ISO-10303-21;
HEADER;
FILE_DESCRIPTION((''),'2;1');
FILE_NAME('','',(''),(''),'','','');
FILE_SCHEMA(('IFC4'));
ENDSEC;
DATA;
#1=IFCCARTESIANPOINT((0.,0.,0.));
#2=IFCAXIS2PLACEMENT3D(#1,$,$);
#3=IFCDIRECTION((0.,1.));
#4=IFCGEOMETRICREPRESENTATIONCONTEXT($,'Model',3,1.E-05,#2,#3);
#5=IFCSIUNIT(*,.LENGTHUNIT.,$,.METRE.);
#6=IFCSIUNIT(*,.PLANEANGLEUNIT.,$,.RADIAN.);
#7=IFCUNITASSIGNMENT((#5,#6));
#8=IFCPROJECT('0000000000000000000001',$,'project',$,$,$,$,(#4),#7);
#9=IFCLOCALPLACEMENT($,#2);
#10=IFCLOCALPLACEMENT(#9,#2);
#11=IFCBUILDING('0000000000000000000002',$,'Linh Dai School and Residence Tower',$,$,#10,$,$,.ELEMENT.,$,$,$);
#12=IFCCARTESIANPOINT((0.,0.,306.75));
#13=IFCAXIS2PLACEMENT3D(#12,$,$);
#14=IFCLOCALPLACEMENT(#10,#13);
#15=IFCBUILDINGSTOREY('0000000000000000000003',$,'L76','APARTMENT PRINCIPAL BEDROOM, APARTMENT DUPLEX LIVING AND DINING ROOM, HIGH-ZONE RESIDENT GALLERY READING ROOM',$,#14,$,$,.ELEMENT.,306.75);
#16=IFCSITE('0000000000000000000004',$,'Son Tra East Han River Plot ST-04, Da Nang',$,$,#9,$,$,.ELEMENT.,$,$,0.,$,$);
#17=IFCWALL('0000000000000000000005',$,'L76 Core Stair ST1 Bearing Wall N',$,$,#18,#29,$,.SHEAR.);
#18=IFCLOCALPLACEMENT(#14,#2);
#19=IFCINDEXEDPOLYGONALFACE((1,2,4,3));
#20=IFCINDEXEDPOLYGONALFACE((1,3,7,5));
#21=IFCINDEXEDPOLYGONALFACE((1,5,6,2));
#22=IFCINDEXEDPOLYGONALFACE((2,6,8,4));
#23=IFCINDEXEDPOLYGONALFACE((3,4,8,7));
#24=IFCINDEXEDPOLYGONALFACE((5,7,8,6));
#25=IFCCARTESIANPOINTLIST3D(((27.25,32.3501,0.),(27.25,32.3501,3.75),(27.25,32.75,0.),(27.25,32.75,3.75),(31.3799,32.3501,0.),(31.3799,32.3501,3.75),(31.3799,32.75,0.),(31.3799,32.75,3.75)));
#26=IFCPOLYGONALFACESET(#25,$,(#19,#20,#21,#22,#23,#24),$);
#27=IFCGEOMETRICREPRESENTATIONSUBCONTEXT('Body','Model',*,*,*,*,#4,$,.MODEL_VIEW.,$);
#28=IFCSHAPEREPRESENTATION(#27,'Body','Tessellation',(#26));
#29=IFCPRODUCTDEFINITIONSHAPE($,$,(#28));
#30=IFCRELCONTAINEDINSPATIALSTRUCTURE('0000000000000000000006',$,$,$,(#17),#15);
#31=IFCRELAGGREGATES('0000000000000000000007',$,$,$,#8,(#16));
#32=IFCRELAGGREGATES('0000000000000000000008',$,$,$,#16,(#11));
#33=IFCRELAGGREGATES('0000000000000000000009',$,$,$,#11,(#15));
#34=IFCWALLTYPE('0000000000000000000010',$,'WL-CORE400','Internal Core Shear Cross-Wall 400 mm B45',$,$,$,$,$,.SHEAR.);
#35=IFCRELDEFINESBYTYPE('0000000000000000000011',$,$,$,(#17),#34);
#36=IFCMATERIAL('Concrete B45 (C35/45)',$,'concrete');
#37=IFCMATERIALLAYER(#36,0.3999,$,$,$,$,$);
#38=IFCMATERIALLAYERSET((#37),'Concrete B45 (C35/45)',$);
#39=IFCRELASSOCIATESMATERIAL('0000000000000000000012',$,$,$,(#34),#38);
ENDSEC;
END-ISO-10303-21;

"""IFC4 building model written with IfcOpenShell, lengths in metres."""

from ifc_helpers import new_model, si_unit, direction, frame, frame_2d, origin, place, context, subcontext, project, spatial, rectangle, extrude, material, layer, layer_set, type_object, element, save


model = new_model("IFC4")

# Units and contexts
model_context = context("Model", 3, precision=1e-05, world=origin(), true_north=direction((0.0, 1.0)))
body_context = subcontext(model_context, "Body", "Model", "MODEL_VIEW")
ifc_project = project(units=[si_unit("LENGTHUNIT", "METRE"), si_unit("PLANEANGLEUNIT", "RADIAN")], contexts=[model_context])

# Site, building, storey
site_placement = place(None, origin())
site = spatial("IfcSite", under=ifc_project, at=site_placement, Name="Son Tra East Han River Plot ST-04, Da Nang", CompositionType="ELEMENT", RefElevation=0.0)
building_placement = place(site_placement, origin())
building = spatial("IfcBuilding", under=site, at=building_placement, Name="Linh Dai School and Residence Tower", CompositionType="ELEMENT")
storey_placement = place(building_placement, frame((0.0, 0.0, 306.75)))
storey = spatial("IfcBuildingStorey", under=building, at=storey_placement, Name="L76", Description="APARTMENT PRINCIPAL BEDROOM, APARTMENT DUPLEX LIVING AND DINING ROOM, HIGH-ZONE RESIDENT GALLERY READING ROOM", CompositionType="ELEMENT", Elevation=306.75)

# Shared definitions
ifc_material_1 = material(Name="Concrete B45 (C35/45)", Category="concrete")

# Wall
ifc_layer_1 = layer(ifc_material_1, 0.3999)
ifc_layer_set_1 = layer_set([ifc_layer_1], Name="Concrete B45 (C35/45)")
wall_type_1 = type_object("IfcWallType", Name="WL-CORE400", Description="Internal Core Shear Cross-Wall 400 mm B45", PredefinedType="SHEAR", material=ifc_layer_set_1)
wall_1_placement = place(storey_placement, frame((27.25, 32.55, 0.0), z_axis=(0.0, 0.0, 1.0), x_axis=(1.0, 0.0, 0.0)))
element("IfcWall", 1, at=wall_1_placement, inside=storey, type_object=wall_type_1, Name="L76 Core Stair ST1 Bearing Wall N", PredefinedType="SHEAR", context=body_context, shape_type="SweptSolid", body=[
    extrude(rectangle(XDim=4.1299, YDim=0.3999, at=frame_2d((2.0649, 0.0))), origin(), (0.0, 0.0, 1.0), 3.75),
])

save(model, "model.ifc")
